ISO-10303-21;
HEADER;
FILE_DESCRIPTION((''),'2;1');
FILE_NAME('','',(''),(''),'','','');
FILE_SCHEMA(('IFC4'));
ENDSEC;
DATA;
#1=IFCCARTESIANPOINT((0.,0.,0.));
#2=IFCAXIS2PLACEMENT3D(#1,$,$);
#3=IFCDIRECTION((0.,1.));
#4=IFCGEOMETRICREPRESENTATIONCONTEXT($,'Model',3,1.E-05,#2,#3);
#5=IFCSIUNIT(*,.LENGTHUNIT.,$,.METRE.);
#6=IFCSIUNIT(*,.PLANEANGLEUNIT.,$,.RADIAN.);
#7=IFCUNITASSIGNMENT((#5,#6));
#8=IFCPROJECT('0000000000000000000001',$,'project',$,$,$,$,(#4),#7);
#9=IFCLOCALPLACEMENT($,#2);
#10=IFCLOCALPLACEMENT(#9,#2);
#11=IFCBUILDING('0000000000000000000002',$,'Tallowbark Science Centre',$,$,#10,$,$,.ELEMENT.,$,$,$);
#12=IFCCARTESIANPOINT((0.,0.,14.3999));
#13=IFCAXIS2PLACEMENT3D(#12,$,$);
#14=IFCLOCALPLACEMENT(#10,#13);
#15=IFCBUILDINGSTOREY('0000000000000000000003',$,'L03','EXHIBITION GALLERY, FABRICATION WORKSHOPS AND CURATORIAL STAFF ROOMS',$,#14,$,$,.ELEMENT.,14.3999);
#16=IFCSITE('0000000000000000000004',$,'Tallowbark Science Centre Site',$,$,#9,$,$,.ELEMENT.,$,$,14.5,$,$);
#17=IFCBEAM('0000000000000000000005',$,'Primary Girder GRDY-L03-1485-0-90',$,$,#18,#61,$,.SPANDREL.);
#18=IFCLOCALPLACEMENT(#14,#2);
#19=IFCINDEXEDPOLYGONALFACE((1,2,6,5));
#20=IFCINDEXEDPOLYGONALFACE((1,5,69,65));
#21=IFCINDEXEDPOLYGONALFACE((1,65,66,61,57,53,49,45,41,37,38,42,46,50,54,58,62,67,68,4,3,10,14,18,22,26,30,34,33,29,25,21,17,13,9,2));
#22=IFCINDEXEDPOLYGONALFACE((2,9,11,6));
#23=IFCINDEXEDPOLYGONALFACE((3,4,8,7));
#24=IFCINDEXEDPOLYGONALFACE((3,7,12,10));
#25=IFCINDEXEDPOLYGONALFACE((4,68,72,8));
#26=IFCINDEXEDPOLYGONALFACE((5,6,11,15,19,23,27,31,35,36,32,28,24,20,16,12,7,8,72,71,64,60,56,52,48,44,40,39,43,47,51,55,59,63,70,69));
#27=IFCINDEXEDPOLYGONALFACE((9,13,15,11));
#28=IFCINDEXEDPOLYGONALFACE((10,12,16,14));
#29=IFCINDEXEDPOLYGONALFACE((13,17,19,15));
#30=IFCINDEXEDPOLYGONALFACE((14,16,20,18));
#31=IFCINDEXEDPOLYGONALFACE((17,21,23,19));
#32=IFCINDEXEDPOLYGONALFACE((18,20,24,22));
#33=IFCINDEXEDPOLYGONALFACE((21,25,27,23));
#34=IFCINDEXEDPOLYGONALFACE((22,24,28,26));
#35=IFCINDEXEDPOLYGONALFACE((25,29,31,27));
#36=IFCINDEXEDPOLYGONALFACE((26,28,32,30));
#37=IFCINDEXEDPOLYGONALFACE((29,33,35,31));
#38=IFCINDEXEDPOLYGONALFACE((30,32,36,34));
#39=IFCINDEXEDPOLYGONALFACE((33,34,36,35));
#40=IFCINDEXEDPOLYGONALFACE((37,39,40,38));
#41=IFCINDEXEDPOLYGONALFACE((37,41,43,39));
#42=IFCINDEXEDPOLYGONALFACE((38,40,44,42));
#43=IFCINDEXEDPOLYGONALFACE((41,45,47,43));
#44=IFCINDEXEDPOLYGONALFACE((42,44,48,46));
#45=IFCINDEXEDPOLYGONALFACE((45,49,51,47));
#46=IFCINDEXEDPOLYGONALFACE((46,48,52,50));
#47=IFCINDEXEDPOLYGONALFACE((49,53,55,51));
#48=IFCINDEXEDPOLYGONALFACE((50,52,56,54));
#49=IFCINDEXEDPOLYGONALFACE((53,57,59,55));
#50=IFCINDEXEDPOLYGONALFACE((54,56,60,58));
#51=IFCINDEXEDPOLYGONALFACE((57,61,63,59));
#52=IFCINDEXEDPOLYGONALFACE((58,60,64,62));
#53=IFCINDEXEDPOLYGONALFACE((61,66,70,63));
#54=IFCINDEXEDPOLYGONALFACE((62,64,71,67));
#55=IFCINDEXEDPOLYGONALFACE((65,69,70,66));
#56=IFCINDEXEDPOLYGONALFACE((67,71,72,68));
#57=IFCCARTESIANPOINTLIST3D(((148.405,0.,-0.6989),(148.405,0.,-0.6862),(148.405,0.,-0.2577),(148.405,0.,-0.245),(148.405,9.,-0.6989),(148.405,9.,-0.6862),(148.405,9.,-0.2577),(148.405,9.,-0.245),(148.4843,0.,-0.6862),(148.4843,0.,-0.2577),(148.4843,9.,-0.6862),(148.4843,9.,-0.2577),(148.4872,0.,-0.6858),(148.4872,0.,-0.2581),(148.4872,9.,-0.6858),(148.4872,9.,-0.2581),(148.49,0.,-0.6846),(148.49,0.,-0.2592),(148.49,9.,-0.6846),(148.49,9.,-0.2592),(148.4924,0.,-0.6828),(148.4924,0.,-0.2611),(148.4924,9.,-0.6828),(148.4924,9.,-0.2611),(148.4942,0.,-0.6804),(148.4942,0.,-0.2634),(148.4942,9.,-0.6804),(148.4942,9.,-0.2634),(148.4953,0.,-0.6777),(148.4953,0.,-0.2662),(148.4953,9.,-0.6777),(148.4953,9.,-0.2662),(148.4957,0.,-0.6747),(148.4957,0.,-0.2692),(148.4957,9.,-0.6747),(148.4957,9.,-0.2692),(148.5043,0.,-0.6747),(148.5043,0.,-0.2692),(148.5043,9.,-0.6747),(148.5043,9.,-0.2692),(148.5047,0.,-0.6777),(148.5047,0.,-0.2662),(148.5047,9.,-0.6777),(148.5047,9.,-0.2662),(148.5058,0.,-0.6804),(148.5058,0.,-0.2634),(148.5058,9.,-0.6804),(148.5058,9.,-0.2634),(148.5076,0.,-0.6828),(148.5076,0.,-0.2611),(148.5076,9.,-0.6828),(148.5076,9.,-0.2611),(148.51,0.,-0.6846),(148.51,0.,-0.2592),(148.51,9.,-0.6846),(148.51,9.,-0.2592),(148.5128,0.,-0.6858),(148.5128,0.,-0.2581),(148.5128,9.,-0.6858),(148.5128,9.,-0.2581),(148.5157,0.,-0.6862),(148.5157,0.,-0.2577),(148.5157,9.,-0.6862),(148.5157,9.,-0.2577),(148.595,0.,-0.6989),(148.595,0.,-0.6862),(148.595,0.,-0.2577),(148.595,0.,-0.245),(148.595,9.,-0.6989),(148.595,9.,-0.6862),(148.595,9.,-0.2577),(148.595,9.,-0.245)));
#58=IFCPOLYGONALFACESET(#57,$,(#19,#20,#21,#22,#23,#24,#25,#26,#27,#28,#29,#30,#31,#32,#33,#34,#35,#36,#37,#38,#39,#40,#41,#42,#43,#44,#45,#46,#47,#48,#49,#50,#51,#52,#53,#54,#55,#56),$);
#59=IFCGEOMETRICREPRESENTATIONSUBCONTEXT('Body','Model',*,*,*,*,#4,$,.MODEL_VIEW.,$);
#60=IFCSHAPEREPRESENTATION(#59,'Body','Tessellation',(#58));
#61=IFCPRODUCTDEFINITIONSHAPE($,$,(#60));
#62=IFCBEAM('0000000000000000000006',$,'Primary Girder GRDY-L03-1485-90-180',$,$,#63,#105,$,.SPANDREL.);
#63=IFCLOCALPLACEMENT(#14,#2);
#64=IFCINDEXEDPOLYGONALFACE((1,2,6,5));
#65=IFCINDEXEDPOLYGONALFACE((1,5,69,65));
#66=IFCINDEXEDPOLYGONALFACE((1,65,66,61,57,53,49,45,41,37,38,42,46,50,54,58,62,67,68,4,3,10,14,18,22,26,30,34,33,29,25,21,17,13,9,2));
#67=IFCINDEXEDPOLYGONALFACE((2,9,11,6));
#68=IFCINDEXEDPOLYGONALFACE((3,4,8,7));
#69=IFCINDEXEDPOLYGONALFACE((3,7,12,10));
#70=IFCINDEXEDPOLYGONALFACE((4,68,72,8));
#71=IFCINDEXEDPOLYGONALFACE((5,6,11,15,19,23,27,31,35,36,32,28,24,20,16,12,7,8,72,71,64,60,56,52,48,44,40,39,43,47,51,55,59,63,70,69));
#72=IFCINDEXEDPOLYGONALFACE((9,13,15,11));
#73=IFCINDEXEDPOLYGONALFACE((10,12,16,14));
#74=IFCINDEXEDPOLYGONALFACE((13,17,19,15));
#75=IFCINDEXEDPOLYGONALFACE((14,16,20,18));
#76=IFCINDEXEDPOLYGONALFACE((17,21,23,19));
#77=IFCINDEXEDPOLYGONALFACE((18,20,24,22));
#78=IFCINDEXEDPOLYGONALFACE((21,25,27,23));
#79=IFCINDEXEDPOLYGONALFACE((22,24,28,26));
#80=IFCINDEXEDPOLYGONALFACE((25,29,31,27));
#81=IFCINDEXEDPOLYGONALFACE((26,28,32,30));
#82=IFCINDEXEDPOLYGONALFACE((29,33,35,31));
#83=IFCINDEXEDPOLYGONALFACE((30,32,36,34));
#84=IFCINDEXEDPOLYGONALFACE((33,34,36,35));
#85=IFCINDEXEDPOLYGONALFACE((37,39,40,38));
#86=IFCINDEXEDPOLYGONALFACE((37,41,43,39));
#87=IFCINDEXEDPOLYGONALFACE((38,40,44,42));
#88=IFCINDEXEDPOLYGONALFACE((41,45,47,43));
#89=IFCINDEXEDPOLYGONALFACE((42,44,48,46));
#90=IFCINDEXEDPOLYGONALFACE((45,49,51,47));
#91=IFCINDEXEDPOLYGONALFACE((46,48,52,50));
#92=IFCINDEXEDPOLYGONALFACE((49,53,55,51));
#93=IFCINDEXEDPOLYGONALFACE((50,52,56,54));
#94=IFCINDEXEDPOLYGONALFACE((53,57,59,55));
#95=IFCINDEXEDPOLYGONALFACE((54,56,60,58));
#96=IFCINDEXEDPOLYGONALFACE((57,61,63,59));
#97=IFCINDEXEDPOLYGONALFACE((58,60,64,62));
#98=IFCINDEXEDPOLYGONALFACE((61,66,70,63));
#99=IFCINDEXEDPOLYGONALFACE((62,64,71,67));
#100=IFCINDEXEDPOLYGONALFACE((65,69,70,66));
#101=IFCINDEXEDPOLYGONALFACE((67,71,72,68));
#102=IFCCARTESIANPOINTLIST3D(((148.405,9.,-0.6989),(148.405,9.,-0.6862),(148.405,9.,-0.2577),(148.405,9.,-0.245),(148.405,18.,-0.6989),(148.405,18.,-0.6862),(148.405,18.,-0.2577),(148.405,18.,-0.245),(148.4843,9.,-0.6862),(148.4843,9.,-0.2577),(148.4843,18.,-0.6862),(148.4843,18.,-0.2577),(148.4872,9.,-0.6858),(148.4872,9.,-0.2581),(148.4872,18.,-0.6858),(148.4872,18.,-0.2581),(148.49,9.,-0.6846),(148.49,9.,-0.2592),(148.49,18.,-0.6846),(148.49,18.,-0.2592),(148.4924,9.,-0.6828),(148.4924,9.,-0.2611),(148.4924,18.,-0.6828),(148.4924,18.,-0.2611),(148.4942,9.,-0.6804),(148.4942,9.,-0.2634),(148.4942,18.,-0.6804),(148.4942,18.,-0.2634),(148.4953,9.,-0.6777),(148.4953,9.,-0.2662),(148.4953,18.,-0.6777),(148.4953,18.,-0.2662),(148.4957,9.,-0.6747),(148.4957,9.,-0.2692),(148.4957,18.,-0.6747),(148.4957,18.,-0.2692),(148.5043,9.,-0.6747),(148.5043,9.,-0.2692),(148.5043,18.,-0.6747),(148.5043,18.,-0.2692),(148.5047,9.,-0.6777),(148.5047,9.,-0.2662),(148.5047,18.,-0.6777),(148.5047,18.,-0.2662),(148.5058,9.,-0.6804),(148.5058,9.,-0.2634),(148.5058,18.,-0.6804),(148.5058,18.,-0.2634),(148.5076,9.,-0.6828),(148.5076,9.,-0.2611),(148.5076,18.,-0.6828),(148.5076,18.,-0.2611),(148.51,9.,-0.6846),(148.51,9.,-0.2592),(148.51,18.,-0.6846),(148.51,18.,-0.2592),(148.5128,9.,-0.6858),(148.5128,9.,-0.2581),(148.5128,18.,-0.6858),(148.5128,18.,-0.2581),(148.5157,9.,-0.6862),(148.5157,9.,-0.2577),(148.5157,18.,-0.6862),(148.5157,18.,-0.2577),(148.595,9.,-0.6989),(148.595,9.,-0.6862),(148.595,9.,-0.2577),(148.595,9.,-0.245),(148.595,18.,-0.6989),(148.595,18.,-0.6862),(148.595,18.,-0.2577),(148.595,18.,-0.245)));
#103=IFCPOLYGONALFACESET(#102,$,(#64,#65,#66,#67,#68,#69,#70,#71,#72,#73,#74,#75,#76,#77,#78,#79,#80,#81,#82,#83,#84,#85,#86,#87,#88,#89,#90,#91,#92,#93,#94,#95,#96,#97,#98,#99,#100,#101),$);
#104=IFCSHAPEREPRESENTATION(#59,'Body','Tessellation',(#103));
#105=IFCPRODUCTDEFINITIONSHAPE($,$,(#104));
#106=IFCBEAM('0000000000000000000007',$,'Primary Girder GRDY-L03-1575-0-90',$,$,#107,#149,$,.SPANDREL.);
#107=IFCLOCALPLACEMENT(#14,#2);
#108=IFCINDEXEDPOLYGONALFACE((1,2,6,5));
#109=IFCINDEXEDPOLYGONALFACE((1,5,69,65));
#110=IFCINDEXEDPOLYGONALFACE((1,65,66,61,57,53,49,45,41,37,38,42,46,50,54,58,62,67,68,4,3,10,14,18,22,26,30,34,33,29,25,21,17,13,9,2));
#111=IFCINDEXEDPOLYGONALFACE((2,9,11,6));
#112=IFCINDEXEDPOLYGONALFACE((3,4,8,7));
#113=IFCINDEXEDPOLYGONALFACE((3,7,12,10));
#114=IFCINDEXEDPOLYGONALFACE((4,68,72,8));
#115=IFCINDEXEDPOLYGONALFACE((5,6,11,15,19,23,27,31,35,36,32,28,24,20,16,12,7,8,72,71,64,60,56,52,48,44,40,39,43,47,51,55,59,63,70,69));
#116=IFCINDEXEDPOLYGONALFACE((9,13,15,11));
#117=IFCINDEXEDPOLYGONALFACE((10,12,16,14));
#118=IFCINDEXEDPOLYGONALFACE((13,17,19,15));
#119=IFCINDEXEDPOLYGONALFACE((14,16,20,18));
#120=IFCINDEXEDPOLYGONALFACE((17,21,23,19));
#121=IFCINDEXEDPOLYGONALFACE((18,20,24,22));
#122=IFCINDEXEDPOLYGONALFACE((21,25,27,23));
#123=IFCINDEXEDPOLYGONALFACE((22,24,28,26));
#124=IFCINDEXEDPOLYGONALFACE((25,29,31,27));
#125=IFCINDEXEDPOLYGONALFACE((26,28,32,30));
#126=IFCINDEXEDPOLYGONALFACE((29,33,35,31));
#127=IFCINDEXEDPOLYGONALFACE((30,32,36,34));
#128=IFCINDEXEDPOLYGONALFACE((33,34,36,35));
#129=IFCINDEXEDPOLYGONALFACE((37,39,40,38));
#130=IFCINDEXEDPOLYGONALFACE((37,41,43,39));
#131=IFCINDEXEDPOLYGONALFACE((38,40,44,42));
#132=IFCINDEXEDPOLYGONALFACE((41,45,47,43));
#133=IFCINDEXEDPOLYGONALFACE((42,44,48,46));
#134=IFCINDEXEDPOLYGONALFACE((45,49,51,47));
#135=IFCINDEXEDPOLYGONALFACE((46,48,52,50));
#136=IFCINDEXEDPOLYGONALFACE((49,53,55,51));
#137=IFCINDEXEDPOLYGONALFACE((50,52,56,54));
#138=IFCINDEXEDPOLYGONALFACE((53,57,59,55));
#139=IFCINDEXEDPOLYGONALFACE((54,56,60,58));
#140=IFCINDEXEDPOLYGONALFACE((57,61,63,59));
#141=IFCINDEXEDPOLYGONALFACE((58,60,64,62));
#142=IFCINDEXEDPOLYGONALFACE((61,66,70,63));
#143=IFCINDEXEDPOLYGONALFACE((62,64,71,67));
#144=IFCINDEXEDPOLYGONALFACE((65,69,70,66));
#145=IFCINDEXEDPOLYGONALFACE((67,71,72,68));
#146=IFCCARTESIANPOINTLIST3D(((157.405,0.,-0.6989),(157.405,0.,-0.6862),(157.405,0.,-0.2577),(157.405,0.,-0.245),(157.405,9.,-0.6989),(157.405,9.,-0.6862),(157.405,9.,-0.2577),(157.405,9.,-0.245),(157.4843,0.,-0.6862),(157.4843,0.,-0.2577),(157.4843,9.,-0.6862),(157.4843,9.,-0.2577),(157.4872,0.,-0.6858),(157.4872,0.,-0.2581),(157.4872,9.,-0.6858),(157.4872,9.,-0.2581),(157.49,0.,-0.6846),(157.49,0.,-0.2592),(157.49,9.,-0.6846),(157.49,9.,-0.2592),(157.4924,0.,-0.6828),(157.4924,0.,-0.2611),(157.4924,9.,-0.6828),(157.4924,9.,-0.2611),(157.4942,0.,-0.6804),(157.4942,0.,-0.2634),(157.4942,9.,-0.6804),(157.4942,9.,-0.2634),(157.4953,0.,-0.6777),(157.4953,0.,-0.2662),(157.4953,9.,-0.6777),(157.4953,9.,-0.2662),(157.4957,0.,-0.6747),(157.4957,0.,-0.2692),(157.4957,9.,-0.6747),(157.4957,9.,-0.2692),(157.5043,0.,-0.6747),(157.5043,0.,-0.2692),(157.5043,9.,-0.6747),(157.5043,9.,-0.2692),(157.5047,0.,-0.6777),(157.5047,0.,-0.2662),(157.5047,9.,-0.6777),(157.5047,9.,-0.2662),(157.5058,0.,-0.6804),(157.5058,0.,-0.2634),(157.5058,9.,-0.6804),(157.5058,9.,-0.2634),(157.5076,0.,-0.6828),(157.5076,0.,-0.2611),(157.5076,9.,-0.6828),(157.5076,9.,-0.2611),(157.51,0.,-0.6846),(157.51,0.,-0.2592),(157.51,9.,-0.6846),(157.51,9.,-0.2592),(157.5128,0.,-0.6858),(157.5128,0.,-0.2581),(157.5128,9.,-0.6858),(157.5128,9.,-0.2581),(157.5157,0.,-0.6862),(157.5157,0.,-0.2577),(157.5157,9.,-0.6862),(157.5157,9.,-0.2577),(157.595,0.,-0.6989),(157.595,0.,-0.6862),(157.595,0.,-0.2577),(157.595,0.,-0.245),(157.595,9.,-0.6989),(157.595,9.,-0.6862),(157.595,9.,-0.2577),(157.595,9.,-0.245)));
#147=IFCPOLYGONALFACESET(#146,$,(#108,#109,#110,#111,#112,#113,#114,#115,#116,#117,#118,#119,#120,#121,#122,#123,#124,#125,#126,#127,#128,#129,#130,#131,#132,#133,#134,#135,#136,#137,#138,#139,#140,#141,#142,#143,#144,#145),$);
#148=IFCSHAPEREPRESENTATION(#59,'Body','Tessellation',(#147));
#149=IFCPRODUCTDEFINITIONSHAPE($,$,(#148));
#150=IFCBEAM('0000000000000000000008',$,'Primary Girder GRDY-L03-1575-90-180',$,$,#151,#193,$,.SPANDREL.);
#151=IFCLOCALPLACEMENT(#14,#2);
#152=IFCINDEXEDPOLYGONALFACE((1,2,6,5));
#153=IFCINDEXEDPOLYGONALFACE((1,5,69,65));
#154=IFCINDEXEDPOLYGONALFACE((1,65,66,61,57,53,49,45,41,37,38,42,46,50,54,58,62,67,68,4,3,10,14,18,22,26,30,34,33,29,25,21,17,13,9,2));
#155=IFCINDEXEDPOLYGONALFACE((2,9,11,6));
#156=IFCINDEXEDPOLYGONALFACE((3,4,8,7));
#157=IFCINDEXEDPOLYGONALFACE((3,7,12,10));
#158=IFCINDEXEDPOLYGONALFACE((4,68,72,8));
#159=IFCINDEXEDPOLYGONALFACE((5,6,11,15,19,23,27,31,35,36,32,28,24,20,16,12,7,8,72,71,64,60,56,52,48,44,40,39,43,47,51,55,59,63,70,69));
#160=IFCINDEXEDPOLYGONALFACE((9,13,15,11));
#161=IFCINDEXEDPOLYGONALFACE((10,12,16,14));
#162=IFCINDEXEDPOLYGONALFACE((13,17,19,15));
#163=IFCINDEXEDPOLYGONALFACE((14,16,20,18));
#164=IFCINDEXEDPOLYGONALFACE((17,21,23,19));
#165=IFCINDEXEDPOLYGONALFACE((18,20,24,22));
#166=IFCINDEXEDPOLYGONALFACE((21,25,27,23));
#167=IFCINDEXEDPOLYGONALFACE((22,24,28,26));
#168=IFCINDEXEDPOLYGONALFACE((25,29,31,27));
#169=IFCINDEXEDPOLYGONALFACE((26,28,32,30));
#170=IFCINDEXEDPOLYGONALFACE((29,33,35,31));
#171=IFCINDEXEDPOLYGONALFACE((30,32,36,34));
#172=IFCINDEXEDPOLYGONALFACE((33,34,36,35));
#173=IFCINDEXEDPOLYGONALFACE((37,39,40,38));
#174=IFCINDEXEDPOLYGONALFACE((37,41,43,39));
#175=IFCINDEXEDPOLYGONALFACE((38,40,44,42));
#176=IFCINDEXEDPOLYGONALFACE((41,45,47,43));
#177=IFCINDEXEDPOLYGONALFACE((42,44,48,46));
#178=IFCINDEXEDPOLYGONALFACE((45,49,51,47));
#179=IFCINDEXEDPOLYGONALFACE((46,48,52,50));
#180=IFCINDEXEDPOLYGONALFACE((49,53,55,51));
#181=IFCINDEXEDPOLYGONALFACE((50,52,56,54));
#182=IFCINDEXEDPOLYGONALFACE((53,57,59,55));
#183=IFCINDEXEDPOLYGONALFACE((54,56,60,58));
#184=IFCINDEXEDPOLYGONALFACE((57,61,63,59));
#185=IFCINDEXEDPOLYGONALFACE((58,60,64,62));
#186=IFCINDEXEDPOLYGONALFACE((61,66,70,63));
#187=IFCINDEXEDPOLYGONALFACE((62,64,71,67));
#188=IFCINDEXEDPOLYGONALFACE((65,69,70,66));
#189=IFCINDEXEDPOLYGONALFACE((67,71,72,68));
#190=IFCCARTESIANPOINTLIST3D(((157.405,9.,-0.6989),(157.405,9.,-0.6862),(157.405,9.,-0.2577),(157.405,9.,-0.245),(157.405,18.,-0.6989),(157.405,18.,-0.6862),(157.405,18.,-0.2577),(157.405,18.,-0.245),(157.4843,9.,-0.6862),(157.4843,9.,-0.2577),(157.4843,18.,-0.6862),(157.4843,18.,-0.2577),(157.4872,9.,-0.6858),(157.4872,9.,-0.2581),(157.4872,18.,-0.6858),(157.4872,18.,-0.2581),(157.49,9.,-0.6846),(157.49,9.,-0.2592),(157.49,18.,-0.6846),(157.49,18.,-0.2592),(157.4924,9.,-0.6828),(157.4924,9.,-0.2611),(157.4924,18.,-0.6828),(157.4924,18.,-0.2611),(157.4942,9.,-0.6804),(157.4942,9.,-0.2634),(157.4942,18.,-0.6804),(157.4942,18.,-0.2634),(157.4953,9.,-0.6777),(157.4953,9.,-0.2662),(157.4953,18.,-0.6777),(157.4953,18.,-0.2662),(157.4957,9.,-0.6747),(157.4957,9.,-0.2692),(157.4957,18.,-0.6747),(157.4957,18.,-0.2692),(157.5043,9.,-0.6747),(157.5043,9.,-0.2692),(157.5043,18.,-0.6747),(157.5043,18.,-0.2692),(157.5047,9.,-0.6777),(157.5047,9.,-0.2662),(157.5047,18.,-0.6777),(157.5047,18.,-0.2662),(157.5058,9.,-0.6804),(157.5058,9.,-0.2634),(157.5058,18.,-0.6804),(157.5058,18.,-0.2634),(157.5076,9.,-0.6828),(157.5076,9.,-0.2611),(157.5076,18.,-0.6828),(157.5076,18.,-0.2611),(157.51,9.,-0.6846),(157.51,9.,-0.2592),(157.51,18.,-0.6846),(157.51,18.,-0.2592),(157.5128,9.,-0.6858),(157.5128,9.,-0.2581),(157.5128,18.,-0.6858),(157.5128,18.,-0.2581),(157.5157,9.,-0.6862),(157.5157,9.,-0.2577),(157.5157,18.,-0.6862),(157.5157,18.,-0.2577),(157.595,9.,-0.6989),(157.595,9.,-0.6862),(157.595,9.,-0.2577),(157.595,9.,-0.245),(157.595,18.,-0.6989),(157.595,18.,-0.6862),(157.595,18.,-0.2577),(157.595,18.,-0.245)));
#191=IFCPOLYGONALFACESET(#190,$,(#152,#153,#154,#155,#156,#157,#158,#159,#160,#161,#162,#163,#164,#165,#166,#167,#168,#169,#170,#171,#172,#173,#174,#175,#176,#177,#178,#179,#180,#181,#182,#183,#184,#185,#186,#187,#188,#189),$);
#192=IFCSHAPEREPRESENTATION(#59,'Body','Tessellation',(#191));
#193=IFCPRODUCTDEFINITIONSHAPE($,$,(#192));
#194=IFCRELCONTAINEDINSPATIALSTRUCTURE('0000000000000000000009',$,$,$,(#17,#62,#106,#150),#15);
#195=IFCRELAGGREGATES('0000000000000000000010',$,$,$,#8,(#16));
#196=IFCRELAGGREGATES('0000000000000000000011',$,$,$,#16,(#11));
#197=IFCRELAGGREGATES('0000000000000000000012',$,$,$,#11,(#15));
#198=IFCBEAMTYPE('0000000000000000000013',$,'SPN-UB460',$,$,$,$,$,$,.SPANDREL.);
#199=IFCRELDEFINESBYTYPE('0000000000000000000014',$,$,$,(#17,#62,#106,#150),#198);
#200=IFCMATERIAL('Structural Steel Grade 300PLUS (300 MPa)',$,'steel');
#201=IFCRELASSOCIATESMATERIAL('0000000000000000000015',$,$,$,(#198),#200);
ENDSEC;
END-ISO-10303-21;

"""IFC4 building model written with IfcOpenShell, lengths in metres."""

from ifc_helpers import new_model, si_unit, direction, frame, origin, origin_2d, place, context, subcontext, project, spatial, i_section, extrude, material, material_profile, profile_set, type_object, element, save


model = new_model("IFC4")

# Units and contexts
model_context = context("Model", 3, precision=1e-05, world=origin(), true_north=direction((0.0, 1.0)))
body_context = subcontext(model_context, "Body", "Model", "MODEL_VIEW")
ifc_project = project(units=[si_unit("LENGTHUNIT", "METRE"), si_unit("PLANEANGLEUNIT", "RADIAN")], contexts=[model_context])

# Site, building, storey
site_placement = place(None, origin())
site = spatial("IfcSite", under=ifc_project, at=site_placement, Name="Tallowbark Science Centre Site", CompositionType="ELEMENT", RefElevation=14.5)
building_placement = place(site_placement, origin())
building = spatial("IfcBuilding", under=site, at=building_placement, Name="Tallowbark Science Centre", CompositionType="ELEMENT")
storey_placement = place(building_placement, frame((0.0, 0.0, 14.3999)))
storey = spatial("IfcBuildingStorey", under=building, at=storey_placement, Name="L03", Description="EXHIBITION GALLERY, FABRICATION WORKSHOPS AND CURATORIAL STAFF ROOMS", CompositionType="ELEMENT", Elevation=14.3999)

# Shared definitions
ifc_material_1 = material(Name="Structural Steel Grade 300PLUS (300 MPa)", Category="steel")

# Beams
ifc_material_profile_1 = material_profile(ifc_material_1, i_section(OverallWidth=0.1899, OverallDepth=0.4539, WebThickness=0.0085, FlangeThickness=0.0127, FilletRadius=0.0115, at=origin_2d()), Name="460UB67.1")
ifc_profile_set_1 = profile_set([ifc_material_profile_1], Name="Structural Steel Grade 300PLUS (300 MPa)")
beam_type_1 = type_object("IfcBeamType", Name="SPN-UB460", PredefinedType="SPANDREL", material=ifc_profile_set_1)
for number, where, z_axis, x_axis, name in (
    (1, (148.5, 0.0, -0.4719), (0.0, 1.0, 0.0), (-1.0, 0.0, 0.0), "Primary Girder GRDY-L03-1485-0-90"),
    (2, (148.5, 9.0, -0.4719), (0.0, 1.0, 0.0), (-1.0, 0.0, 0.0), "Primary Girder GRDY-L03-1485-90-180"),
    (3, (157.5, 0.0, -0.4719), (0.0, 1.0, 0.0), (-1.0, 0.0, 0.0), "Primary Girder GRDY-L03-1575-0-90"),
    (4, (157.5, 9.0, -0.4719), (0.0, 1.0, 0.0), (-1.0, 0.0, 0.0), "Primary Girder GRDY-L03-1575-90-180"),
):
    element("IfcBeam", number, at=place(storey_placement, frame(where, z_axis=z_axis, x_axis=x_axis)), inside=storey, type_object=beam_type_1, Name=name, PredefinedType="SPANDREL", context=body_context, shape_type="SweptSolid", body=[
        extrude(i_section(OverallWidth=0.1899, OverallDepth=0.4539, WebThickness=0.0085, FlangeThickness=0.0127, FilletRadius=0.0115, at=origin_2d()), origin(), (0.0, 0.0, 1.0), 9.0),
    ])

save(model, "model.ifc")
